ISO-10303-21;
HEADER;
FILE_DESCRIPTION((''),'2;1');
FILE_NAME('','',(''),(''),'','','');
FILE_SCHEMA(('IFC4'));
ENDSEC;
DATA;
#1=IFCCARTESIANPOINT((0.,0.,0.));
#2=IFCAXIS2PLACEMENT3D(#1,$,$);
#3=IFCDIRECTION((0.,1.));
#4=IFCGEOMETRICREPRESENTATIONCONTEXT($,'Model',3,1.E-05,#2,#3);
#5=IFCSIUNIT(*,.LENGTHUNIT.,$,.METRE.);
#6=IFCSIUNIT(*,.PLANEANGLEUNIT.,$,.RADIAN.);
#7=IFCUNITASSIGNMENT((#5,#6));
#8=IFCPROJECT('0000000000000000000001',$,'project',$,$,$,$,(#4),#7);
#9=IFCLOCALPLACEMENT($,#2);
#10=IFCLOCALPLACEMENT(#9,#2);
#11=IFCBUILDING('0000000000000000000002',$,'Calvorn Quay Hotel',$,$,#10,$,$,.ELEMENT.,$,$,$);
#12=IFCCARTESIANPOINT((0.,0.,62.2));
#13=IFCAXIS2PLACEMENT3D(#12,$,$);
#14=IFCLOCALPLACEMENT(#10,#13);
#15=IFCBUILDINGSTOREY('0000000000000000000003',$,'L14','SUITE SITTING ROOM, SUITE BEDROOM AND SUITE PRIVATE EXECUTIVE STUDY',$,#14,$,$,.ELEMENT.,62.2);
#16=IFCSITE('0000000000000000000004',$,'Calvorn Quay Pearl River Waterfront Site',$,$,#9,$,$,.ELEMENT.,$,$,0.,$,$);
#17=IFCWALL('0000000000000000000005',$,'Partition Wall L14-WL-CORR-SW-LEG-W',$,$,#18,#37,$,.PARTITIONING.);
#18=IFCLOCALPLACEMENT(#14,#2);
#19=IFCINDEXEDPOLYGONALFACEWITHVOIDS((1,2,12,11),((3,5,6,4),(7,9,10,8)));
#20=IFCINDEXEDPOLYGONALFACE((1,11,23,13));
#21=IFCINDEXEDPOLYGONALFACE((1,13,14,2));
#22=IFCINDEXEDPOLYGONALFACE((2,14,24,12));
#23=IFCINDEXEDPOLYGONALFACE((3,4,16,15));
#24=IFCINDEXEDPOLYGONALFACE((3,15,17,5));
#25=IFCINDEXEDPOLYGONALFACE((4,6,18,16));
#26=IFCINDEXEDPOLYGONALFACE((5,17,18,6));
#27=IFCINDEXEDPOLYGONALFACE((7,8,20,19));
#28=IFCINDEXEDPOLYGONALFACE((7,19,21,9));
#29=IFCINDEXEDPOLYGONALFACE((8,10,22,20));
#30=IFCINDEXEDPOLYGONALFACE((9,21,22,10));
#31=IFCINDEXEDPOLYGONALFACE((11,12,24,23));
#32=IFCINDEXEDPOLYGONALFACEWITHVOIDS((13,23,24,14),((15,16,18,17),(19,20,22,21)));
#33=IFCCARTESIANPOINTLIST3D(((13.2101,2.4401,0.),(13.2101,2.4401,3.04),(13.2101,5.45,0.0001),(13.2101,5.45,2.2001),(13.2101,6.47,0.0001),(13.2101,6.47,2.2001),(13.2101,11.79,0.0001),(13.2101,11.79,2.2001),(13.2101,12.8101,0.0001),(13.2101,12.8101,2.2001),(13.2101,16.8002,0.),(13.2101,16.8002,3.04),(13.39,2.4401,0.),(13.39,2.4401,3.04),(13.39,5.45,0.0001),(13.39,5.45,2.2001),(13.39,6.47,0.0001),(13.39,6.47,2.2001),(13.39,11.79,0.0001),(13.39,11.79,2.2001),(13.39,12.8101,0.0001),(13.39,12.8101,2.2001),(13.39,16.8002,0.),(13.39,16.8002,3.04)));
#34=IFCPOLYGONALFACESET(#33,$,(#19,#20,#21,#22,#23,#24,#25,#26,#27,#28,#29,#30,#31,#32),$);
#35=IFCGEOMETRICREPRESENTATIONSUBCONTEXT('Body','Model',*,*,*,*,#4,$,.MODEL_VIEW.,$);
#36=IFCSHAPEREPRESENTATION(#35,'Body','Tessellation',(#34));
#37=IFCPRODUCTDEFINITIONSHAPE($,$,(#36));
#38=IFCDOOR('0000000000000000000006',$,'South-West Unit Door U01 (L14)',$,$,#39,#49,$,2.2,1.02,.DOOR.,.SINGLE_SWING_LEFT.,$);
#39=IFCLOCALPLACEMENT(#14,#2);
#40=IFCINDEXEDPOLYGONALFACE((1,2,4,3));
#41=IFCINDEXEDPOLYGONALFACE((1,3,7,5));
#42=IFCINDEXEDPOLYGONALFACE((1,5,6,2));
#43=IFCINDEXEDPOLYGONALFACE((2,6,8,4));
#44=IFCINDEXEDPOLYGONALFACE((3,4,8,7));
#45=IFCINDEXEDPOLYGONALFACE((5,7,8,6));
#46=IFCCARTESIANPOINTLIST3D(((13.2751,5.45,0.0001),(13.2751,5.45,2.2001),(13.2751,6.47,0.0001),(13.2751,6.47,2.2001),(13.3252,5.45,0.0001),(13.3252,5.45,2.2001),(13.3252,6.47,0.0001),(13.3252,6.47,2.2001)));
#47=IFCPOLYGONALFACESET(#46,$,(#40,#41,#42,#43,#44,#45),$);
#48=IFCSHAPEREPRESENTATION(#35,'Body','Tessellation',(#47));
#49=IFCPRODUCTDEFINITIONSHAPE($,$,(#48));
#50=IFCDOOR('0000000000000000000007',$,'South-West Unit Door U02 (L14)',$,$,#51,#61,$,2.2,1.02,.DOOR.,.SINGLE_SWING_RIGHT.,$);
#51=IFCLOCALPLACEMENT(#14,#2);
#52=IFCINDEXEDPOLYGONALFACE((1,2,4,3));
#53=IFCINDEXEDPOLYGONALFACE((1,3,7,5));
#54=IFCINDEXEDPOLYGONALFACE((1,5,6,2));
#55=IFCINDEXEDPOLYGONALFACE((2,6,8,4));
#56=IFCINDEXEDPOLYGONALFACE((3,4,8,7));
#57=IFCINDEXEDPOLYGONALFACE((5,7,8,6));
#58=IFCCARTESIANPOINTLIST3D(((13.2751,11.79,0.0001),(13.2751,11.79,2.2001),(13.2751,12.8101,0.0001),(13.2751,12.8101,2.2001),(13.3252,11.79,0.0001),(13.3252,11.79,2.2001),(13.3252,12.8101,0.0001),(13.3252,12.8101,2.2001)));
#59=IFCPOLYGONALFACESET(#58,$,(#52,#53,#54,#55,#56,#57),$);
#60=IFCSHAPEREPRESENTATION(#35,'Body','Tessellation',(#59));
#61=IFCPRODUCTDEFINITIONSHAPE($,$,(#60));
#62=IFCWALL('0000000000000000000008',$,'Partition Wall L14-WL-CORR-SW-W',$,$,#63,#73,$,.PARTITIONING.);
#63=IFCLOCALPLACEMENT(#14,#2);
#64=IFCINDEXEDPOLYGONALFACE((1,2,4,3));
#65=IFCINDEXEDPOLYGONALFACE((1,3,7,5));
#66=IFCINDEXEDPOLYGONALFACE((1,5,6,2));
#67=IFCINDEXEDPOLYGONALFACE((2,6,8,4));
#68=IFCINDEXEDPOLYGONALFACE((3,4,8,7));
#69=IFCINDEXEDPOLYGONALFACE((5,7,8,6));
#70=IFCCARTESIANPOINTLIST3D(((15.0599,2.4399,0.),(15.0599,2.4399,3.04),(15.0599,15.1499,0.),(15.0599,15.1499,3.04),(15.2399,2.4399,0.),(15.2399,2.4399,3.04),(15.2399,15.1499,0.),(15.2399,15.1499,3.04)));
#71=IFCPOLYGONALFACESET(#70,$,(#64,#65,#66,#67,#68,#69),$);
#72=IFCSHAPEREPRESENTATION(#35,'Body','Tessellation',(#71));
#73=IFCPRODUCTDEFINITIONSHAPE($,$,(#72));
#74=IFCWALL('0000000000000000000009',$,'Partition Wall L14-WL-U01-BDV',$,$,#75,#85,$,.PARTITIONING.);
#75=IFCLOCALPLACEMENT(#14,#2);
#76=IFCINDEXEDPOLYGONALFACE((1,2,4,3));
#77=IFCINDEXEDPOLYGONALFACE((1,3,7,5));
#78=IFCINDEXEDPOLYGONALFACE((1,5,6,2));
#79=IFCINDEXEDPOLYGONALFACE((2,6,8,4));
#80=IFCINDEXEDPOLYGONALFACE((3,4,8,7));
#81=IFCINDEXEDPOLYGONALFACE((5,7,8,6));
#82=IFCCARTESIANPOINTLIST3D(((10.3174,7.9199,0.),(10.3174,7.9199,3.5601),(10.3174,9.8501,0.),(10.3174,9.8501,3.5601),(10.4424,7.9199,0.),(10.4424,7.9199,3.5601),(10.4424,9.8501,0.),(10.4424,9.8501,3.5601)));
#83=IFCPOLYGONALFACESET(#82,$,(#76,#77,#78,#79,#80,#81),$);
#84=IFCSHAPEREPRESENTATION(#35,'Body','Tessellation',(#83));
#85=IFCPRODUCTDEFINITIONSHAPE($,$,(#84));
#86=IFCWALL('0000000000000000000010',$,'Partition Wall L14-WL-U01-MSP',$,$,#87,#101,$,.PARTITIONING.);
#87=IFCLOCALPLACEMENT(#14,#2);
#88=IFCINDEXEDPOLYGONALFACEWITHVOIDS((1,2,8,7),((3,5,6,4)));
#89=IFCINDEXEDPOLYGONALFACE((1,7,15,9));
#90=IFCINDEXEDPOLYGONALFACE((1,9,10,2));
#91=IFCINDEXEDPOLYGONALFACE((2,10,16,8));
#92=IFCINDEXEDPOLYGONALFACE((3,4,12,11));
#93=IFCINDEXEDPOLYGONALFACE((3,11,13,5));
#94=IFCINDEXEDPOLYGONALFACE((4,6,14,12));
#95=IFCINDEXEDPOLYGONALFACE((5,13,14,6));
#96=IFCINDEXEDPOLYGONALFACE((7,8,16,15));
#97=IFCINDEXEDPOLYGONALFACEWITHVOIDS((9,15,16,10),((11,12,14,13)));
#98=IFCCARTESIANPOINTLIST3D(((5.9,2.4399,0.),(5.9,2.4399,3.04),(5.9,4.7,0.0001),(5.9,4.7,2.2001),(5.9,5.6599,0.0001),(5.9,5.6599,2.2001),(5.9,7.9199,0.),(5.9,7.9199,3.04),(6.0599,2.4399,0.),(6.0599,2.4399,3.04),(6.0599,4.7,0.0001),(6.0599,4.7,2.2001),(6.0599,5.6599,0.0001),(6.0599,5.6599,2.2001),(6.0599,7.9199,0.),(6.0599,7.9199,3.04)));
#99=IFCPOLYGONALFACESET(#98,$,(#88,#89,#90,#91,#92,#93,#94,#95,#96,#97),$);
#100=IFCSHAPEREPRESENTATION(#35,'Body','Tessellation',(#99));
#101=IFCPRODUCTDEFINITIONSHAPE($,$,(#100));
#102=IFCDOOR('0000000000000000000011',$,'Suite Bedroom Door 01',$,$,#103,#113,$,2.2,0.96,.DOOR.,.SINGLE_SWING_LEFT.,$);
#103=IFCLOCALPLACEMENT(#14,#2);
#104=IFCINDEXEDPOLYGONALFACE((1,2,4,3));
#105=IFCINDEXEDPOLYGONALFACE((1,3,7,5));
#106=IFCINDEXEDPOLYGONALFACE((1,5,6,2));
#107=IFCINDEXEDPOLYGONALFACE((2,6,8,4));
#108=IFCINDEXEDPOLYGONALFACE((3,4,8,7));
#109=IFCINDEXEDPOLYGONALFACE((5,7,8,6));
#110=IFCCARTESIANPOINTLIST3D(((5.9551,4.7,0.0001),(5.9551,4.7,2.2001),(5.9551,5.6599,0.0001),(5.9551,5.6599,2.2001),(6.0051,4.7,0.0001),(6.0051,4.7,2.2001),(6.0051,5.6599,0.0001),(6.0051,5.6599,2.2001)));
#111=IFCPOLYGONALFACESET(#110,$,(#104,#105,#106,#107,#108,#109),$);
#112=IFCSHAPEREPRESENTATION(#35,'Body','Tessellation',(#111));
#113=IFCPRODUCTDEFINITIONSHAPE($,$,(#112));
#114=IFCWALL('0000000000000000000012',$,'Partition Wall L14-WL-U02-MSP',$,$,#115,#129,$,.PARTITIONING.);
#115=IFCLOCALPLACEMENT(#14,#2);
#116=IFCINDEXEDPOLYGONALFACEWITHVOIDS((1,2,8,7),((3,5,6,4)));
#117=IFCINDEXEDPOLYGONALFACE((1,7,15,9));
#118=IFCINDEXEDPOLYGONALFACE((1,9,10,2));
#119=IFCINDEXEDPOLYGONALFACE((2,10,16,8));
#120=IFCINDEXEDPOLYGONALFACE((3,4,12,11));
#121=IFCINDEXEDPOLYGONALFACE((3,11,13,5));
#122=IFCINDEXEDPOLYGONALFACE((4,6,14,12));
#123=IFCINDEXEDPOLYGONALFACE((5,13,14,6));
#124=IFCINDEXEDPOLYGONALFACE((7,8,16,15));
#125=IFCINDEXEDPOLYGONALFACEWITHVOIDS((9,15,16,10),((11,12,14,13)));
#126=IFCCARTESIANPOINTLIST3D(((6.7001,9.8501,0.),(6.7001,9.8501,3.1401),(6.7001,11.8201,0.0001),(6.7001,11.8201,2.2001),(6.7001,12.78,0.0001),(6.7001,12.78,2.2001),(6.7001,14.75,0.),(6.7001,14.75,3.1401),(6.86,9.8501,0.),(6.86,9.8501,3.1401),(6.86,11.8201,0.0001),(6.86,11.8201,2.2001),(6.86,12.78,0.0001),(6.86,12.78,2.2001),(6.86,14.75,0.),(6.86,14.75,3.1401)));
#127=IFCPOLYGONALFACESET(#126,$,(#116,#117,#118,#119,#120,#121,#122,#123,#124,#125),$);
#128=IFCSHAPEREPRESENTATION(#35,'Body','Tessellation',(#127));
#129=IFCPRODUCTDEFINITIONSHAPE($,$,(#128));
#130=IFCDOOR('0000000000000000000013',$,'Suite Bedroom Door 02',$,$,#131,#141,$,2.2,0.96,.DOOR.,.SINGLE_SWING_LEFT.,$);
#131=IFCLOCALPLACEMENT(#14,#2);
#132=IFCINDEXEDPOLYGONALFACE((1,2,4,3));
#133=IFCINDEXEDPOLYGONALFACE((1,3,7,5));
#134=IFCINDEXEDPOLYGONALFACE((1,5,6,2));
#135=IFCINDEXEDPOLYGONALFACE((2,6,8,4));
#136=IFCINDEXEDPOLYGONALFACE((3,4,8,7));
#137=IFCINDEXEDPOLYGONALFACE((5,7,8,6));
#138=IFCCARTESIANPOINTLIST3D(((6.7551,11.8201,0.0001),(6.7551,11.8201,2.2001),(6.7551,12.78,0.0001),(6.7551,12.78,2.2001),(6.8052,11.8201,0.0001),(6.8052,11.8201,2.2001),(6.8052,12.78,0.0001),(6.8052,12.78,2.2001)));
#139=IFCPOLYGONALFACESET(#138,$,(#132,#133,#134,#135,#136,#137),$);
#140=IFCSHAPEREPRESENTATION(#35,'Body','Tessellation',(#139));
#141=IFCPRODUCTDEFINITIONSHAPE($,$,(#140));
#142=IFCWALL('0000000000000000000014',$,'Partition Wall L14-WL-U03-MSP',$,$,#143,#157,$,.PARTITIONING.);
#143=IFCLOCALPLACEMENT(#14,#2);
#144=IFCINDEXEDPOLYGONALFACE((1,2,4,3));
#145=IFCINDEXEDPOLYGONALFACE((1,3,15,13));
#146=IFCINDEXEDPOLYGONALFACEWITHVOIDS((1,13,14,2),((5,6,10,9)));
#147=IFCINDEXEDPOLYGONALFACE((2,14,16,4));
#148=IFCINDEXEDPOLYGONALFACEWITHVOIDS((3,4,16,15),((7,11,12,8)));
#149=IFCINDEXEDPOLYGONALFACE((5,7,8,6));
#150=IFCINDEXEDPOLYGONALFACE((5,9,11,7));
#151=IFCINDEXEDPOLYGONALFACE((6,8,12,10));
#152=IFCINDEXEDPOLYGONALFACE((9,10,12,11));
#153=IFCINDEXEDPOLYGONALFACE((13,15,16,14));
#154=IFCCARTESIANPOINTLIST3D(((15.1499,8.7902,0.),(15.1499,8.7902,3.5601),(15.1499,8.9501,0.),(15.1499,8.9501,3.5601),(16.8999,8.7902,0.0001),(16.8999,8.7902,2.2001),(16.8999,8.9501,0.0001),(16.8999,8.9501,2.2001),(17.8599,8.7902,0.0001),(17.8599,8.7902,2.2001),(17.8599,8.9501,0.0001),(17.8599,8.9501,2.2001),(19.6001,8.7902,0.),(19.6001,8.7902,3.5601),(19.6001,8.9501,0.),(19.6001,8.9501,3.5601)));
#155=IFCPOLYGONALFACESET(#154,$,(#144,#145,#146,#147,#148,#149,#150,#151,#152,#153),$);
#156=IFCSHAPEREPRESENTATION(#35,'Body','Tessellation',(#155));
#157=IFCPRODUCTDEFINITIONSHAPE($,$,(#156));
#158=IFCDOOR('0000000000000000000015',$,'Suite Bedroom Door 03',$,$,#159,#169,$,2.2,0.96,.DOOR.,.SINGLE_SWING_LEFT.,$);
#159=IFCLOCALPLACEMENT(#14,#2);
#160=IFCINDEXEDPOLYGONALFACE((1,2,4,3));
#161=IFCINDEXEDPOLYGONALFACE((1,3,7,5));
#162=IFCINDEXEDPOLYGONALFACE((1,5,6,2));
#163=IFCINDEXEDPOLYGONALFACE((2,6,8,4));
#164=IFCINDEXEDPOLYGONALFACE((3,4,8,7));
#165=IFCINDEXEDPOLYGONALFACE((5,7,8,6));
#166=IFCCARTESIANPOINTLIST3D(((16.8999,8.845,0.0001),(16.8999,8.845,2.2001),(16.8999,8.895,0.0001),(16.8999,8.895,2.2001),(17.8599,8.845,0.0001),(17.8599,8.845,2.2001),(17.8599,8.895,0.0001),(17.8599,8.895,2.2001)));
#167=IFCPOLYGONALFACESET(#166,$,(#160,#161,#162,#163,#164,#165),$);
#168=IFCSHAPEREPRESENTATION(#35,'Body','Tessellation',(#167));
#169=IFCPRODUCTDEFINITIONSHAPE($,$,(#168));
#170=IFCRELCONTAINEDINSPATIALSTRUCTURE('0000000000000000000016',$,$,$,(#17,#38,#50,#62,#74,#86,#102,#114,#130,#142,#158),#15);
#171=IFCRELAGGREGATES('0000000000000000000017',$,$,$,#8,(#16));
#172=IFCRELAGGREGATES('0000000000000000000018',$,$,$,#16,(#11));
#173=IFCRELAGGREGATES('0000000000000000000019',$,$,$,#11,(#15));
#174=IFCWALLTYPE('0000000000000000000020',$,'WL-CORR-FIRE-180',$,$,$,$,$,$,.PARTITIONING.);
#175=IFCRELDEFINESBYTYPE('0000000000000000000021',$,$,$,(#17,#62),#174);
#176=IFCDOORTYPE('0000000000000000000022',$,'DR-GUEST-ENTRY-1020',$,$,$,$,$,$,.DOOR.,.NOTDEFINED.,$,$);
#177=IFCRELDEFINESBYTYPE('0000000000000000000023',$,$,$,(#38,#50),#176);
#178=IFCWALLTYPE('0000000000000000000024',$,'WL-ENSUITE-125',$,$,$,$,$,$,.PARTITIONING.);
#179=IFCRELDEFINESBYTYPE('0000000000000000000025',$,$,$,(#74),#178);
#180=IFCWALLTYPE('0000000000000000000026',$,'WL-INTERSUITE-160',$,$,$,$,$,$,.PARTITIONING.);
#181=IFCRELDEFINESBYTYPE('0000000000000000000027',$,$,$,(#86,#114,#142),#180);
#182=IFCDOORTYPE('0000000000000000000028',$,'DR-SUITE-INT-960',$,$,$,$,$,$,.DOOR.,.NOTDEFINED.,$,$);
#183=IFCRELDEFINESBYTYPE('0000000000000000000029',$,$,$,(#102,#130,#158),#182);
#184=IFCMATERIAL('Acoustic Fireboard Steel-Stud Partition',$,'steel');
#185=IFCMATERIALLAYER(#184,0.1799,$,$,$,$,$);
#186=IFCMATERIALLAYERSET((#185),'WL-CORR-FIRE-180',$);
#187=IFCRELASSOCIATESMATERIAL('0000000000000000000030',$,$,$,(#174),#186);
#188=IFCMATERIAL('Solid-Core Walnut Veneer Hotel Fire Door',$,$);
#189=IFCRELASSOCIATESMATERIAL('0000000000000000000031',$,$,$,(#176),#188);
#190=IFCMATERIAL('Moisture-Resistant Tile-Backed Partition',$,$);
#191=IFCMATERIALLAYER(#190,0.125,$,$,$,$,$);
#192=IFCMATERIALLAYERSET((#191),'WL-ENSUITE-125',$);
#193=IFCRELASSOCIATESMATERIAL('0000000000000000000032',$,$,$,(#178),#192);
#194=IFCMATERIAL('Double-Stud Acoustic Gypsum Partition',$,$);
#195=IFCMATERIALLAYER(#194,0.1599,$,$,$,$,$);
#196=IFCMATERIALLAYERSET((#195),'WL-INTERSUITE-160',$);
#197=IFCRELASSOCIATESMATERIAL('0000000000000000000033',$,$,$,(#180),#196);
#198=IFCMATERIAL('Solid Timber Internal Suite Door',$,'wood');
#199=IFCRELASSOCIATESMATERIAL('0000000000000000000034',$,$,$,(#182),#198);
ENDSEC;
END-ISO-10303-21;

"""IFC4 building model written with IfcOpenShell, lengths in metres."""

from ifc_helpers import new_model, si_unit, direction, frame, frame_2d, origin, place, context, subcontext, project, spatial, rectangle, extrude, material, layer, layer_set, type_object, element, fill, save


model = new_model("IFC4")

# Units and contexts
model_context = context("Model", 3, precision=1e-05, world=origin(), true_north=direction((0.0, 1.0)))
body_context = subcontext(model_context, "Body", "Model", "MODEL_VIEW")
ifc_project = project(units=[si_unit("LENGTHUNIT", "METRE"), si_unit("PLANEANGLEUNIT", "RADIAN")], contexts=[model_context])

# Site, building, storey
site_placement = place(None, origin())
site = spatial("IfcSite", under=ifc_project, at=site_placement, Name="Calvorn Quay Pearl River Waterfront Site", CompositionType="ELEMENT", RefElevation=0.0)
building_placement = place(site_placement, origin())
building = spatial("IfcBuilding", under=site, at=building_placement, Name="Calvorn Quay Hotel", CompositionType="ELEMENT")
storey_placement = place(building_placement, frame((0.0, 0.0, 62.2)))
storey = spatial("IfcBuildingStorey", under=building, at=storey_placement, Name="L14", Description="SUITE SITTING ROOM, SUITE BEDROOM AND SUITE PRIVATE EXECUTIVE STUDY", CompositionType="ELEMENT", Elevation=62.2)

# Wall, openings, doors
ifc_material_1 = material(Name="Acoustic Fireboard Steel-Stud Partition", Category="steel")
ifc_layer_1 = layer(ifc_material_1, 0.1799)
ifc_layer_set_1 = layer_set([ifc_layer_1], Name="WL-CORR-FIRE-180")
wall_type_1 = type_object("IfcWallType", Name="WL-CORR-FIRE-180", PredefinedType="PARTITIONING", material=ifc_layer_set_1)
wall_1_placement = place(storey_placement, frame((13.3, 2.4399, 0.0), z_axis=(0.0, 0.0, 1.0), x_axis=(0.0, 1.0, 0.0)))
wall_1 = element("IfcWall", 1, at=wall_1_placement, inside=storey, type_object=wall_type_1, Name="Partition Wall L14-WL-CORR-SW-LEG-W", PredefinedType="PARTITIONING", context=body_context, shape_type="SweptSolid", body=[
    extrude(rectangle(XDim=14.3601, YDim=0.1799, at=frame_2d((7.1802, 0.0))), origin(), (0.0, 0.0, 1.0), 3.04),
])
opening_1_placement = place(wall_1_placement, frame((3.01, 0.0, 0.0)))
opening_1 = element("IfcOpeningElement", 2, at=opening_1_placement, cuts=wall_1, PredefinedType="OPENING", context=body_context, shape_type="SweptSolid", body=[
    extrude(rectangle(XDim=1.02, YDim=2.2, at=frame_2d((0.51, 1.1001))), frame((0.0, 0.0999, 0.0), z_axis=(0.0, -1.0, 0.0), x_axis=(1.0, 0.0, 0.0)), (0.0, 0.0, 1.0), 0.2),
])
opening_2_placement = place(wall_1_placement, frame((9.3501, 0.0, 0.0)))
opening_2 = element("IfcOpeningElement", 3, at=opening_2_placement, cuts=wall_1, PredefinedType="OPENING", context=body_context, shape_type="SweptSolid", body=[
    extrude(rectangle(XDim=1.02, YDim=2.2, at=frame_2d((0.51, 1.1001))), frame((0.0, 0.0999, 0.0), z_axis=(0.0, -1.0, 0.0), x_axis=(1.0, 0.0, 0.0)), (0.0, 0.0, 1.0), 0.2),
])
ifc_material_2 = material(Name="Solid-Core Walnut Veneer Hotel Fire Door")
door_type_1 = type_object("IfcDoorType", Name="DR-GUEST-ENTRY-1020", OperationType="NOTDEFINED", PredefinedType="DOOR", material=ifc_material_2)
door_1_placement = place(opening_1_placement, origin())
door_1 = element("IfcDoor", 4, at=door_1_placement, inside=storey, type_object=door_type_1, Name="South-West Unit Door U01 (L14)", OperationType="SINGLE_SWING_LEFT", OverallHeight=2.2, OverallWidth=1.02, PredefinedType="DOOR", context=body_context, shape_type="SweptSolid", body=[
    extrude(rectangle(XDim=1.02, YDim=2.2, at=frame_2d((0.51, 1.1001))), frame((0.0, 0.0249, 0.0), z_axis=(0.0, -1.0, 0.0), x_axis=(1.0, 0.0, 0.0)), (0.0, 0.0, 1.0), 0.05),
])
fill(opening_1, door_1)
door_2_placement = place(opening_2_placement, origin())
door_2 = element("IfcDoor", 5, at=door_2_placement, inside=storey, type_object=door_type_1, Name="South-West Unit Door U02 (L14)", OperationType="SINGLE_SWING_RIGHT", OverallHeight=2.2, OverallWidth=1.02, PredefinedType="DOOR", context=body_context, shape_type="SweptSolid", body=[
    extrude(rectangle(XDim=1.02, YDim=2.2, at=frame_2d((0.51, 1.1001))), frame((0.0, 0.0249, 0.0), z_axis=(0.0, -1.0, 0.0), x_axis=(1.0, 0.0, 0.0)), (0.0, 0.0, 1.0), 0.05),
])
fill(opening_2, door_2)

# Walls
wall_2_placement = place(storey_placement, frame((15.1499, 2.4399, 0.0), z_axis=(0.0, 0.0, 1.0), x_axis=(0.0, 1.0, 0.0)))
element("IfcWall", 6, at=wall_2_placement, inside=storey, type_object=wall_type_1, Name="Partition Wall L14-WL-CORR-SW-W", PredefinedType="PARTITIONING", context=body_context, shape_type="SweptSolid", body=[
    extrude(rectangle(XDim=12.71, YDim=0.1799, at=frame_2d((6.355, 0.0))), origin(), (0.0, 0.0, 1.0), 3.04),
])
ifc_material_3 = material(Name="Moisture-Resistant Tile-Backed Partition")
ifc_layer_2 = layer(ifc_material_3, 0.125)
ifc_layer_set_2 = layer_set([ifc_layer_2], Name="WL-ENSUITE-125")
wall_type_2 = type_object("IfcWallType", Name="WL-ENSUITE-125", PredefinedType="PARTITIONING", material=ifc_layer_set_2)
wall_3_placement = place(storey_placement, frame((10.3799, 7.9199, 0.0), z_axis=(0.0, 0.0, 1.0), x_axis=(0.0, 1.0, 0.0)))
element("IfcWall", 7, at=wall_3_placement, inside=storey, type_object=wall_type_2, Name="Partition Wall L14-WL-U01-BDV", PredefinedType="PARTITIONING", context=body_context, shape_type="SweptSolid", body=[
    extrude(rectangle(XDim=1.9302, YDim=0.125, at=frame_2d((0.9651, 0.0))), origin(), (0.0, 0.0, 1.0), 3.5601),
])

# Walls, openings, doors
ifc_material_4 = material(Name="Double-Stud Acoustic Gypsum Partition")
ifc_layer_3 = layer(ifc_material_4, 0.1599)
ifc_layer_set_3 = layer_set([ifc_layer_3], Name="WL-INTERSUITE-160")
wall_type_3 = type_object("IfcWallType", Name="WL-INTERSUITE-160", PredefinedType="PARTITIONING", material=ifc_layer_set_3)
wall_4_placement = place(storey_placement, frame((5.98, 2.4399, 0.0), z_axis=(0.0, 0.0, 1.0), x_axis=(0.0, 1.0, 0.0)))
wall_4 = element("IfcWall", 8, at=wall_4_placement, inside=storey, type_object=wall_type_3, Name="Partition Wall L14-WL-U01-MSP", PredefinedType="PARTITIONING", context=body_context, shape_type="SweptSolid", body=[
    extrude(rectangle(XDim=5.48, YDim=0.1599, at=frame_2d((2.74, 0.0))), origin(), (0.0, 0.0, 1.0), 3.04),
])
opening_3_placement = place(wall_4_placement, frame((2.26, 0.0, 0.0)))
opening_3 = element("IfcOpeningElement", 9, at=opening_3_placement, cuts=wall_4, PredefinedType="OPENING", context=body_context, shape_type="SweptSolid", body=[
    extrude(rectangle(XDim=0.96, YDim=2.2, at=frame_2d((0.48, 1.1001))), frame((0.0, 0.0898, 0.0), z_axis=(0.0, -1.0, 0.0), x_axis=(1.0, 0.0, 0.0)), (0.0, 0.0, 1.0), 0.1799),
])
ifc_material_5 = material(Name="Solid Timber Internal Suite Door", Category="wood")
door_type_2 = type_object("IfcDoorType", Name="DR-SUITE-INT-960", OperationType="NOTDEFINED", PredefinedType="DOOR", material=ifc_material_5)
door_3_placement = place(opening_3_placement, origin())
door_3 = element("IfcDoor", 10, at=door_3_placement, inside=storey, type_object=door_type_2, Name="Suite Bedroom Door 01", OperationType="SINGLE_SWING_LEFT", OverallHeight=2.2, OverallWidth=0.96, PredefinedType="DOOR", context=body_context, shape_type="SweptSolid", body=[
    extrude(rectangle(XDim=0.96, YDim=2.2, at=frame_2d((0.48, 1.1001))), frame((0.0, 0.0249, 0.0), z_axis=(0.0, -1.0, 0.0), x_axis=(1.0, 0.0, 0.0)), (0.0, 0.0, 1.0), 0.05),
])
fill(opening_3, door_3)
wall_5_placement = place(storey_placement, frame((6.78, 9.8501, 0.0), z_axis=(0.0, 0.0, 1.0), x_axis=(0.0, 1.0, 0.0)))
wall_5 = element("IfcWall", 11, at=wall_5_placement, inside=storey, type_object=wall_type_3, Name="Partition Wall L14-WL-U02-MSP", PredefinedType="PARTITIONING", context=body_context, shape_type="SweptSolid", body=[
    extrude(rectangle(XDim=4.8999, YDim=0.1599, at=frame_2d((2.45, 0.0))), origin(), (0.0, 0.0, 1.0), 3.1401),
])
opening_4_placement = place(wall_5_placement, frame((1.97, 0.0, 0.0)))
opening_4 = element("IfcOpeningElement", 12, at=opening_4_placement, cuts=wall_5, PredefinedType="OPENING", context=body_context, shape_type="SweptSolid", body=[
    extrude(rectangle(XDim=0.96, YDim=2.2, at=frame_2d((0.48, 1.1001))), frame((0.0, 0.0898, 0.0), z_axis=(0.0, -1.0, 0.0), x_axis=(1.0, 0.0, 0.0)), (0.0, 0.0, 1.0), 0.1799),
])
door_4_placement = place(opening_4_placement, origin())
door_4 = element("IfcDoor", 13, at=door_4_placement, inside=storey, type_object=door_type_2, Name="Suite Bedroom Door 02", OperationType="SINGLE_SWING_LEFT", OverallHeight=2.2, OverallWidth=0.96, PredefinedType="DOOR", context=body_context, shape_type="SweptSolid", body=[
    extrude(rectangle(XDim=0.96, YDim=2.2, at=frame_2d((0.48, 1.1001))), frame((0.0, 0.0249, 0.0), z_axis=(0.0, -1.0, 0.0), x_axis=(1.0, 0.0, 0.0)), (0.0, 0.0, 1.0), 0.05),
])
fill(opening_4, door_4)
wall_6_placement = place(storey_placement, frame((15.1499, 8.8701, 0.0), z_axis=(0.0, 0.0, 1.0), x_axis=(1.0, 0.0, 0.0)))
wall_6 = element("IfcWall", 14, at=wall_6_placement, inside=storey, type_object=wall_type_3, Name="Partition Wall L14-WL-U03-MSP", PredefinedType="PARTITIONING", context=body_context, shape_type="SweptSolid", body=[
    extrude(rectangle(XDim=4.4502, YDim=0.1599, at=frame_2d((2.2251, 0.0))), origin(), (0.0, 0.0, 1.0), 3.5601),
])
opening_5_placement = place(wall_6_placement, frame((1.75, 0.0, 0.0)))
opening_5 = element("IfcOpeningElement", 15, at=opening_5_placement, cuts=wall_6, PredefinedType="OPENING", context=body_context, shape_type="SweptSolid", body=[
    extrude(rectangle(XDim=0.96, YDim=2.2, at=frame_2d((0.48, 1.1001))), frame((0.0, 0.0898, 0.0), z_axis=(0.0, -1.0, 0.0), x_axis=(1.0, 0.0, 0.0)), (0.0, 0.0, 1.0), 0.1799),
])
door_5_placement = place(opening_5_placement, origin())
door_5 = element("IfcDoor", 16, at=door_5_placement, inside=storey, type_object=door_type_2, Name="Suite Bedroom Door 03", OperationType="SINGLE_SWING_LEFT", OverallHeight=2.2, OverallWidth=0.96, PredefinedType="DOOR", context=body_context, shape_type="SweptSolid", body=[
    extrude(rectangle(XDim=0.96, YDim=2.2, at=frame_2d((0.48, 1.1001))), frame((0.0, 0.0249, 0.0), z_axis=(0.0, -1.0, 0.0), x_axis=(1.0, 0.0, 0.0)), (0.0, 0.0, 1.0), 0.05),
])
fill(opening_5, door_5)

save(model, "model.ifc")
